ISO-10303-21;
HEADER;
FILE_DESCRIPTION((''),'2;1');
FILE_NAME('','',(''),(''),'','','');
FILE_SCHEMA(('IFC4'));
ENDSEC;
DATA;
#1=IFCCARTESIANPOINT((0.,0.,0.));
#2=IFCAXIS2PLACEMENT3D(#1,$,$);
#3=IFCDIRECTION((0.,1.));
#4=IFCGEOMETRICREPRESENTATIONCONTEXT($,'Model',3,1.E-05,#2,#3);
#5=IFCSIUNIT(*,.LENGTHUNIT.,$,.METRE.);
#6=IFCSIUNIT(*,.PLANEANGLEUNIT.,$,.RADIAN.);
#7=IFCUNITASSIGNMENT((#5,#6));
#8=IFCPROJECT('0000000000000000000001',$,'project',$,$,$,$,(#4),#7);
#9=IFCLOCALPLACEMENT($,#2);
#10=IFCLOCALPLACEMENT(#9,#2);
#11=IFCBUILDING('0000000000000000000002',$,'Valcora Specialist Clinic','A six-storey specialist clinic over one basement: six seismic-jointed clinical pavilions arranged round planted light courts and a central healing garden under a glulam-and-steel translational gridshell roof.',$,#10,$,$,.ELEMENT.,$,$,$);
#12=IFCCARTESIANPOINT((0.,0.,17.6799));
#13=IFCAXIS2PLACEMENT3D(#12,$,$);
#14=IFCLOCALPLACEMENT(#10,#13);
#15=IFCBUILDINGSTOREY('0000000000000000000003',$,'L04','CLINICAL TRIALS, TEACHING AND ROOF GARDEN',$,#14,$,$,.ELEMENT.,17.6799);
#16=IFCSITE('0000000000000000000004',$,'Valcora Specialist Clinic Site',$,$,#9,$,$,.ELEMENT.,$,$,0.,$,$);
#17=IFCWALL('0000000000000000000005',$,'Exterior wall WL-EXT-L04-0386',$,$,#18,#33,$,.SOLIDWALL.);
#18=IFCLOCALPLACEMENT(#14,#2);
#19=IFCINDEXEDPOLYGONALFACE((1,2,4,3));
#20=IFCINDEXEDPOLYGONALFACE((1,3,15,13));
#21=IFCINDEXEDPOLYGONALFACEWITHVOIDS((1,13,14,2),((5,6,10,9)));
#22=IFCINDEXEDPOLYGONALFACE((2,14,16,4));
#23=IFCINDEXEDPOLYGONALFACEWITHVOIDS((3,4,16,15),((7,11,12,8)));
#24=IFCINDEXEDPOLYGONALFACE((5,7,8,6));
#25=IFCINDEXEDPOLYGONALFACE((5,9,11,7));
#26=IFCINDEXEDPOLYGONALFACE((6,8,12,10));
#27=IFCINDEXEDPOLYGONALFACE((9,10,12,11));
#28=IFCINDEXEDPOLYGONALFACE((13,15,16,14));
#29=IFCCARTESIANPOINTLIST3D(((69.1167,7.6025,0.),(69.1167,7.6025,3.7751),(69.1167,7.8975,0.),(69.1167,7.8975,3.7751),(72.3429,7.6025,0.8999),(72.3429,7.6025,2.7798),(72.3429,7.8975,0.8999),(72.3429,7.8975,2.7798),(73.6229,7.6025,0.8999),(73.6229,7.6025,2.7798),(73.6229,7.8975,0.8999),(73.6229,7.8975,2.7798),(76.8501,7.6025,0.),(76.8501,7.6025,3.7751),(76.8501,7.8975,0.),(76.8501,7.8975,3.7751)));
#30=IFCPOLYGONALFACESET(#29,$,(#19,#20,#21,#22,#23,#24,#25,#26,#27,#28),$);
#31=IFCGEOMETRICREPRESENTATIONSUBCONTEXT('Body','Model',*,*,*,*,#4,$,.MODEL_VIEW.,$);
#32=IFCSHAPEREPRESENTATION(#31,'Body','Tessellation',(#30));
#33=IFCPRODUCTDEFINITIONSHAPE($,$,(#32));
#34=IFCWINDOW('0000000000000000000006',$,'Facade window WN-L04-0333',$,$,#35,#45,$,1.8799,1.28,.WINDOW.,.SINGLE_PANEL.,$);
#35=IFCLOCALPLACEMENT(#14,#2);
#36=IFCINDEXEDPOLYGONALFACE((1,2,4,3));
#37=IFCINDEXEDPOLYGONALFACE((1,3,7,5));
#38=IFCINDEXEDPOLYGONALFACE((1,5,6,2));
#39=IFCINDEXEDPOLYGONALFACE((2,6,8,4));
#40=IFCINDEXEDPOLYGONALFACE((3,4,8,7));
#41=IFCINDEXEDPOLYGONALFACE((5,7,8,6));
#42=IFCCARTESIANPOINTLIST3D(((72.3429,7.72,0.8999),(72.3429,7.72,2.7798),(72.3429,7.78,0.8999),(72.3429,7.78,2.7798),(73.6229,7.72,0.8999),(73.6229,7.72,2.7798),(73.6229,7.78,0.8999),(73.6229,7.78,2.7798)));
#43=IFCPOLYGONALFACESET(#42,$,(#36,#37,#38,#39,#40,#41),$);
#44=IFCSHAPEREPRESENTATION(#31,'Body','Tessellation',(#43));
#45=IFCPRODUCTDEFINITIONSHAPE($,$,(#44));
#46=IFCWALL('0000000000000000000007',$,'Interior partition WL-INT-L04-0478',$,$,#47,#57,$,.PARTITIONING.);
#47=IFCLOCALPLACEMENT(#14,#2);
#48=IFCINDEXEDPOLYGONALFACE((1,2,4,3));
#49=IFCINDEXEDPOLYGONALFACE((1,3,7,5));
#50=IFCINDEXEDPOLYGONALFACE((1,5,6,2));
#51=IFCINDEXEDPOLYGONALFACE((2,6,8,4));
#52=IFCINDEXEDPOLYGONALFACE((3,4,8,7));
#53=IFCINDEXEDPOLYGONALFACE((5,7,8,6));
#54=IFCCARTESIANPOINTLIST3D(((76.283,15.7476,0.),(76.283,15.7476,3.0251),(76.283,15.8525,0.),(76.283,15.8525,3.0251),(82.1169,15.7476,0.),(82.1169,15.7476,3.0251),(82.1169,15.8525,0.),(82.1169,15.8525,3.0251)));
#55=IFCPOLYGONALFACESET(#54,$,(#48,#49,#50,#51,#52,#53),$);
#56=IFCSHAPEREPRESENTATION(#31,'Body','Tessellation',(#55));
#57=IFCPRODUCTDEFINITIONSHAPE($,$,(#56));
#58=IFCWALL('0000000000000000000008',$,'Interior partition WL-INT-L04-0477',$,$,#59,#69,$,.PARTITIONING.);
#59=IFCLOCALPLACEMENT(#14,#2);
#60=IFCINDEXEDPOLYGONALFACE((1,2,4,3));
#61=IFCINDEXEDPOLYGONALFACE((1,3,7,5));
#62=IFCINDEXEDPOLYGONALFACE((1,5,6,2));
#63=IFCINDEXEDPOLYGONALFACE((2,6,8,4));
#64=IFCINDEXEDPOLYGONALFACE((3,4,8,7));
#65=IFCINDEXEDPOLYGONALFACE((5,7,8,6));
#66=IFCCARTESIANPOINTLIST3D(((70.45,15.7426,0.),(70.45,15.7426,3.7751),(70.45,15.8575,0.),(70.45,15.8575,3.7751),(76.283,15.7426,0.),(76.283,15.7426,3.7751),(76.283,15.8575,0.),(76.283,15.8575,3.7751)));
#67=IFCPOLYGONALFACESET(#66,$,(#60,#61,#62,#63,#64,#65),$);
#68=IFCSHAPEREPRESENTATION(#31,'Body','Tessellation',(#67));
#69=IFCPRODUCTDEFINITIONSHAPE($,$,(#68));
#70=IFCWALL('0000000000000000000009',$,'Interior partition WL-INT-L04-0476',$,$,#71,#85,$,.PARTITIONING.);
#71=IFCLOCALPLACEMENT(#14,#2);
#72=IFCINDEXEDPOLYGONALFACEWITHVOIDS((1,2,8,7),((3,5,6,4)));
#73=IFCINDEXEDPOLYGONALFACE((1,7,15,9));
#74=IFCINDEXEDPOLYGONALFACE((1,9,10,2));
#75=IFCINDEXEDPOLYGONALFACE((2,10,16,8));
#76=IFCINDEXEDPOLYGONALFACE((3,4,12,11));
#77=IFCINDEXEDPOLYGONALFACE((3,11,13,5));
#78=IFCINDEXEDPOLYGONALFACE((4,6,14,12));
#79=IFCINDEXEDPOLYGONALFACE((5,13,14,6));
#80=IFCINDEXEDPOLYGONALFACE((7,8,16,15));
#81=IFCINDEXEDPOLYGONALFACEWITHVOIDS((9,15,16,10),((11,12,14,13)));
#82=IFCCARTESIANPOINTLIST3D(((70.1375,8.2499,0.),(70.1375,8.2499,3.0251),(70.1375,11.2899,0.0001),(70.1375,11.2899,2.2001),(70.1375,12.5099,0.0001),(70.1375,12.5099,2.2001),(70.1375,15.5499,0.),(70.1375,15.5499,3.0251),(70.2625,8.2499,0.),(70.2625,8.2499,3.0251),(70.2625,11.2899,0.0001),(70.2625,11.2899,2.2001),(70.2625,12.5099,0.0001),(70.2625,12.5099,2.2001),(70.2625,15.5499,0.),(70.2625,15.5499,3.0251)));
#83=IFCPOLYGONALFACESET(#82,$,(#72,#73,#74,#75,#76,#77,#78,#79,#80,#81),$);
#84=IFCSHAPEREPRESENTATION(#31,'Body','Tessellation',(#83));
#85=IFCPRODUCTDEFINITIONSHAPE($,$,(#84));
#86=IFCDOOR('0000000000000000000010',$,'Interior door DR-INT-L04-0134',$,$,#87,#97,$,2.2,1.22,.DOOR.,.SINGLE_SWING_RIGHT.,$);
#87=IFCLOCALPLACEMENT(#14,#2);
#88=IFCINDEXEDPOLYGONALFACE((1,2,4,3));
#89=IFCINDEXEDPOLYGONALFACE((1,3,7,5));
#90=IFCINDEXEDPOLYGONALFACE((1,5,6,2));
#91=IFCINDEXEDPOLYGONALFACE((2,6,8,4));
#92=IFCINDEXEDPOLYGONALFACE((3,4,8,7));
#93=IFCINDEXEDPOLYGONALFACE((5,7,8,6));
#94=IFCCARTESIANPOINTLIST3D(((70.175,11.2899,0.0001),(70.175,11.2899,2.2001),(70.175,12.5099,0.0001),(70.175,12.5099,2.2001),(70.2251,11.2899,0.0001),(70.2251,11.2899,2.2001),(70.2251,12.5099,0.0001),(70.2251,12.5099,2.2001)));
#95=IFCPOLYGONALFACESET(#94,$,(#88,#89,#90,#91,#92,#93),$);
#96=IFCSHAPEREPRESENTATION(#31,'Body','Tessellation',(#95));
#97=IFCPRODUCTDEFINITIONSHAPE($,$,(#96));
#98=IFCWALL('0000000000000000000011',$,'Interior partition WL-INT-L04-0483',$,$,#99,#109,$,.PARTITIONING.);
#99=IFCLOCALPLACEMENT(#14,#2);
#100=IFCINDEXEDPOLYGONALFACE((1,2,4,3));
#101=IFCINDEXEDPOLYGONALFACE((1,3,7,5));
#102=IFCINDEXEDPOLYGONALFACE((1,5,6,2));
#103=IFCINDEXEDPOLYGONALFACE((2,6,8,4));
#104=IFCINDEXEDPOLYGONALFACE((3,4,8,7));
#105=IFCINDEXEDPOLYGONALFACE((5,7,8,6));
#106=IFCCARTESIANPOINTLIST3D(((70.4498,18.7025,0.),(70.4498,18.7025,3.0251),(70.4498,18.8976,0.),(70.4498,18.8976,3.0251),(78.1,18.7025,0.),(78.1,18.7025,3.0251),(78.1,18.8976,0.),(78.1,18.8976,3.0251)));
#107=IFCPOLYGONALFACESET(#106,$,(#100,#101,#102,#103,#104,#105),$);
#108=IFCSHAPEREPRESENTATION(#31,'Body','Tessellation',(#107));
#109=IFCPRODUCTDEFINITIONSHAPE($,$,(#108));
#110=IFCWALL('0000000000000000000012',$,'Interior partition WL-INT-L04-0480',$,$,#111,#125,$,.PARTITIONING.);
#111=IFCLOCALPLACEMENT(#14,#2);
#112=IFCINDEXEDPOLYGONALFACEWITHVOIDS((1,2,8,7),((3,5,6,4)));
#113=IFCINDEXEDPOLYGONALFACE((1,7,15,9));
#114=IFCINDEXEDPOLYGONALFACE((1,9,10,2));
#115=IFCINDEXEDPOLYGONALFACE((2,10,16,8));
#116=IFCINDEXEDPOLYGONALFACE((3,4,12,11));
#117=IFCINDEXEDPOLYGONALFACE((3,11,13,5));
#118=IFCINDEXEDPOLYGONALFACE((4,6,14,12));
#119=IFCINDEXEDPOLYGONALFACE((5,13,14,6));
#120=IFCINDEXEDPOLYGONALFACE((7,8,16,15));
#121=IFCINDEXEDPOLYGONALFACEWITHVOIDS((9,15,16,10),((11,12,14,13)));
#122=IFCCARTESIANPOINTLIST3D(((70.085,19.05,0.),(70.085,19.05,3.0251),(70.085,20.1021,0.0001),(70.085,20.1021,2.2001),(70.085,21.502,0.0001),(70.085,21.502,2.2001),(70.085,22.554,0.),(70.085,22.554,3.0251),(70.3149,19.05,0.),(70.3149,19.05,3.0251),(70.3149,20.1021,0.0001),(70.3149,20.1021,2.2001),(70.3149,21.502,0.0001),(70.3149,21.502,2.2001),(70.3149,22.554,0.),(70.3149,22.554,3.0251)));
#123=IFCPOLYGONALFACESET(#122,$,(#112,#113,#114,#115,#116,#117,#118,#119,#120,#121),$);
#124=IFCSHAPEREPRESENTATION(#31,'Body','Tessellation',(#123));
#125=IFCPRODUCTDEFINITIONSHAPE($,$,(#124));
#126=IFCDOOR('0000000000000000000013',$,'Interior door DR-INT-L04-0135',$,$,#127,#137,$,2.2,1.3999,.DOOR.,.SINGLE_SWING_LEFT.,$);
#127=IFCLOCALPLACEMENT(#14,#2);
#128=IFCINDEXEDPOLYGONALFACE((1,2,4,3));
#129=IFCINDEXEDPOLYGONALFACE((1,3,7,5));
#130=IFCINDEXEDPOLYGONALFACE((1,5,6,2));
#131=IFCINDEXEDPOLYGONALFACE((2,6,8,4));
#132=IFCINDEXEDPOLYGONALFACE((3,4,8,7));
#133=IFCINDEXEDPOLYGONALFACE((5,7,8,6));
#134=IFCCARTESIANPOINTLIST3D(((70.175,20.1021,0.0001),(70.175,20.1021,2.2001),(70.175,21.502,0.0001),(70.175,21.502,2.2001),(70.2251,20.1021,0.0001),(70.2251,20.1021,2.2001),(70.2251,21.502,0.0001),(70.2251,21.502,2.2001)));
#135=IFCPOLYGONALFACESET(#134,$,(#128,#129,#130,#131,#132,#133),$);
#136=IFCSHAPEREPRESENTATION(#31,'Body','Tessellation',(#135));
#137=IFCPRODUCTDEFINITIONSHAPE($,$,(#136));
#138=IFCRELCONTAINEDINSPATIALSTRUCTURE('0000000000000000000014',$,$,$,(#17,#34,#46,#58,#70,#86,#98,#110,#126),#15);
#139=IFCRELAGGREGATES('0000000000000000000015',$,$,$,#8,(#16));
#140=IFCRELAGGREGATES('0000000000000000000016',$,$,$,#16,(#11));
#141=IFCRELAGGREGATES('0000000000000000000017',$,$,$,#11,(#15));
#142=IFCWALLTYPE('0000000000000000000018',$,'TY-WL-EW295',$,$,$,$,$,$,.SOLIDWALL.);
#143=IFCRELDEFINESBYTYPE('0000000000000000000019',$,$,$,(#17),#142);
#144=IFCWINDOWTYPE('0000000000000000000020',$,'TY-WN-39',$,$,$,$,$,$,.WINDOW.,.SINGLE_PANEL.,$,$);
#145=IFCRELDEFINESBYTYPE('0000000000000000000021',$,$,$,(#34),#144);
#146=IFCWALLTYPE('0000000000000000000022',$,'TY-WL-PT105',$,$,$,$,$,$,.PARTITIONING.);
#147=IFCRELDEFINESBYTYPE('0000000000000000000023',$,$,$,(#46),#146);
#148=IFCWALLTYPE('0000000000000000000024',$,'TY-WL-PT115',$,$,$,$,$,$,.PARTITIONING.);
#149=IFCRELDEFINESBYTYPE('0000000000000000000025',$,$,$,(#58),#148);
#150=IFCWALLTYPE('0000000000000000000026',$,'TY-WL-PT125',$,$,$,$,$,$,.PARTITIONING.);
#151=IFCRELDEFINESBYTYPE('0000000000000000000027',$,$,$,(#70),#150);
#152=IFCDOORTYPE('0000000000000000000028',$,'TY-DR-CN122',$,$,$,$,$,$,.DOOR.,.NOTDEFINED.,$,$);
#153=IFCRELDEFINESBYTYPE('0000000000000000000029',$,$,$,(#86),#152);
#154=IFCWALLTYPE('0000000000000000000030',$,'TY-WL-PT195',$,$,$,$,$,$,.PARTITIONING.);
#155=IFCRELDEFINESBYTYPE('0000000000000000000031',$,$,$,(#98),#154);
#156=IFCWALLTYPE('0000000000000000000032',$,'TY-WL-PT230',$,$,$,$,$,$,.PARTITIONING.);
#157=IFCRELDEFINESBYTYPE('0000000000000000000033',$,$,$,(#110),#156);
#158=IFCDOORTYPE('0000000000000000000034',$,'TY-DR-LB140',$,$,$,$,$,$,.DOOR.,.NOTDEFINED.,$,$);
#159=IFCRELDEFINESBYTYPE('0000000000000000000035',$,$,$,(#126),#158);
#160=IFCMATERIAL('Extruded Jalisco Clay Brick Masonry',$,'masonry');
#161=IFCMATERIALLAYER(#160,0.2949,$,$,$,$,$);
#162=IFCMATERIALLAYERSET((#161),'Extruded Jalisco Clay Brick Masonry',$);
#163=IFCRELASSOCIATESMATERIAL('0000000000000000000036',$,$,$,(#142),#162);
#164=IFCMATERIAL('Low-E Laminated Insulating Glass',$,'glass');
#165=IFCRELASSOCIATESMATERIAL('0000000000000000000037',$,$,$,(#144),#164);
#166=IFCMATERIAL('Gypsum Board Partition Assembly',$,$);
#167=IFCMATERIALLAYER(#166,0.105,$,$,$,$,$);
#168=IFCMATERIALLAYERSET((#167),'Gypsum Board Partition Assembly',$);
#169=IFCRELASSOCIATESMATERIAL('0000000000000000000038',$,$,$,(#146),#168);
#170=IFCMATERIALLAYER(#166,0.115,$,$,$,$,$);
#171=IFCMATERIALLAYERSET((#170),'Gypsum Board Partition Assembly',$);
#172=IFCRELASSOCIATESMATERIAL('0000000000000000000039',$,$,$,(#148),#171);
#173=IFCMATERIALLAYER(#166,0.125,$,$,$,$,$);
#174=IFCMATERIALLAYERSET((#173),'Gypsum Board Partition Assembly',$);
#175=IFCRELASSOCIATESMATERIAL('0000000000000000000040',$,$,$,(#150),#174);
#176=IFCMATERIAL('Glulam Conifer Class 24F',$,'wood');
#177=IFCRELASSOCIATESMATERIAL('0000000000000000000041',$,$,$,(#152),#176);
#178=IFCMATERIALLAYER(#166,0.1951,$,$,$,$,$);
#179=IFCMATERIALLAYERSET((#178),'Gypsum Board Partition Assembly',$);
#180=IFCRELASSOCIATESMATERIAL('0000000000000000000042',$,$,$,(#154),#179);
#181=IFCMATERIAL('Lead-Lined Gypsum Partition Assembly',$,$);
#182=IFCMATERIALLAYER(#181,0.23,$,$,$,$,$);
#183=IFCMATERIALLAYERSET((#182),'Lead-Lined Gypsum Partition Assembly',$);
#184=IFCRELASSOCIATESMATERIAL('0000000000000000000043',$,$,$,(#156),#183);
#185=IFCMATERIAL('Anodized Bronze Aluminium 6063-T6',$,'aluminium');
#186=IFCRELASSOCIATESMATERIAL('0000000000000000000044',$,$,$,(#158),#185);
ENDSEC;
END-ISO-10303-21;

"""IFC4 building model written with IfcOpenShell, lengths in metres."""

from ifc_helpers import new_model, si_unit, direction, frame, frame_2d, origin, place, context, subcontext, project, spatial, rectangle, extrude, material, layer, layer_set, type_object, element, fill, save


model = new_model("IFC4")

# Units and contexts
model_context = context("Model", 3, precision=1e-05, world=origin(), true_north=direction((0.0, 1.0)))
body_context = subcontext(model_context, "Body", "Model", "MODEL_VIEW")
ifc_project = project(units=[si_unit("LENGTHUNIT", "METRE"), si_unit("PLANEANGLEUNIT", "RADIAN")], contexts=[model_context])

# Site, building, storey
site_placement = place(None, origin())
site = spatial("IfcSite", under=ifc_project, at=site_placement, Name="Valcora Specialist Clinic Site", CompositionType="ELEMENT", RefElevation=0.0)
building_placement = place(site_placement, origin())
building = spatial("IfcBuilding", under=site, at=building_placement, Name="Valcora Specialist Clinic", Description="A six-storey specialist clinic over one basement: six seismic-jointed clinical pavilions arranged round planted light courts and a central healing garden under a glulam-and-steel translational gridshell roof.", CompositionType="ELEMENT")
storey_placement = place(building_placement, frame((0.0, 0.0, 17.6799)))
storey = spatial("IfcBuildingStorey", under=building, at=storey_placement, Name="L04", Description="CLINICAL TRIALS, TEACHING AND ROOF GARDEN", CompositionType="ELEMENT", Elevation=17.6799)

# Shared definitions
ifc_material_1 = material(Name="Anodized Bronze Aluminium 6063-T6", Category="aluminium")

# Wall, opening, window
ifc_material_2 = material(Name="Extruded Jalisco Clay Brick Masonry", Category="masonry")
ifc_material_3 = material(Name="Low-E Laminated Insulating Glass", Category="glass")
ifc_layer_1 = layer(ifc_material_2, 0.2949)
ifc_layer_set_1 = layer_set([ifc_layer_1], Name="Extruded Jalisco Clay Brick Masonry")
wall_type_1 = type_object("IfcWallType", Name="TY-WL-EW295", PredefinedType="SOLIDWALL", material=ifc_layer_set_1)
wall_1_placement = place(storey_placement, frame((76.8501, 7.75, 0.0), z_axis=(0.0, 0.0, 1.0), x_axis=(-1.0, 0.0, 0.0)))
wall_1 = element("IfcWall", 1, at=wall_1_placement, inside=storey, type_object=wall_type_1, Name="Exterior wall WL-EXT-L04-0386", PredefinedType="SOLIDWALL", context=body_context, shape_type="SweptSolid", body=[
    extrude(rectangle(XDim=7.7334, YDim=0.2949, at=frame_2d((3.8667, 0.0))), origin(), (0.0, 0.0, 1.0), 3.7751),
])
opening_1_placement = place(wall_1_placement, frame((3.2271, 0.0, 0.8999)))
opening_1 = element("IfcOpeningElement", 2, at=opening_1_placement, cuts=wall_1, PredefinedType="OPENING", context=body_context, shape_type="SweptSolid", body=[
    extrude(rectangle(XDim=1.28, YDim=1.8799, at=frame_2d((0.6401, 0.9399))), frame((0.0, 0.1575, 0.0), z_axis=(0.0, -1.0, 0.0), x_axis=(1.0, 0.0, 0.0)), (0.0, 0.0, 1.0), 0.3149),
])
window_type_1 = type_object("IfcWindowType", Name="TY-WN-39", PartitioningType="SINGLE_PANEL", PredefinedType="WINDOW", material=ifc_material_3)
window_1_placement = place(opening_1_placement, origin())
window_1 = element("IfcWindow", 3, at=window_1_placement, inside=storey, type_object=window_type_1, Name="Facade window WN-L04-0333", OverallHeight=1.8799, OverallWidth=1.28, PartitioningType="SINGLE_PANEL", PredefinedType="WINDOW", context=body_context, shape_type="SweptSolid", body=[
    extrude(rectangle(XDim=1.28, YDim=1.8799, at=frame_2d((0.6401, 0.9399))), frame((0.0, 0.03, 0.0), z_axis=(0.0, -1.0, 0.0), x_axis=(1.0, 0.0, 0.0)), (0.0, 0.0, 1.0), 0.0601),
])
fill(opening_1, window_1)

# Walls
ifc_material_4 = material(Name="Gypsum Board Partition Assembly")
ifc_layer_2 = layer(ifc_material_4, 0.105)
ifc_layer_set_2 = layer_set([ifc_layer_2], Name="Gypsum Board Partition Assembly")
wall_type_2 = type_object("IfcWallType", Name="TY-WL-PT105", PredefinedType="PARTITIONING", material=ifc_layer_set_2)
wall_2_placement = place(storey_placement, frame((76.283, 15.8, 0.0), z_axis=(0.0, 0.0, 1.0), x_axis=(1.0, 0.0, 0.0)))
element("IfcWall", 4, at=wall_2_placement, inside=storey, type_object=wall_type_2, Name="Interior partition WL-INT-L04-0478", PredefinedType="PARTITIONING", context=body_context, shape_type="SweptSolid", body=[
    extrude(rectangle(XDim=5.834, YDim=0.105, at=frame_2d((2.917, 0.0))), origin(), (0.0, 0.0, 1.0), 3.0251),
])
ifc_layer_3 = layer(ifc_material_4, 0.115)
ifc_layer_set_3 = layer_set([ifc_layer_3], Name="Gypsum Board Partition Assembly")
wall_type_3 = type_object("IfcWallType", Name="TY-WL-PT115", PredefinedType="PARTITIONING", material=ifc_layer_set_3)
wall_3_placement = place(storey_placement, frame((70.45, 15.8, 0.0), z_axis=(0.0, 0.0, 1.0), x_axis=(1.0, 0.0, 0.0)))
element("IfcWall", 5, at=wall_3_placement, inside=storey, type_object=wall_type_3, Name="Interior partition WL-INT-L04-0477", PredefinedType="PARTITIONING", context=body_context, shape_type="SweptSolid", body=[
    extrude(rectangle(XDim=5.833, YDim=0.115, at=frame_2d((2.9165, 0.0))), origin(), (0.0, 0.0, 1.0), 3.7751),
])

# Wall, opening, door
ifc_layer_4 = layer(ifc_material_4, 0.125)
ifc_layer_set_4 = layer_set([ifc_layer_4], Name="Gypsum Board Partition Assembly")
wall_type_4 = type_object("IfcWallType", Name="TY-WL-PT125", PredefinedType="PARTITIONING", material=ifc_layer_set_4)
wall_4_placement = place(storey_placement, frame((70.2, 8.25, 0.0), z_axis=(0.0, 0.0, 1.0), x_axis=(0.0, 1.0, 0.0)))
wall_4 = element("IfcWall", 6, at=wall_4_placement, inside=storey, type_object=wall_type_4, Name="Interior partition WL-INT-L04-0476", PredefinedType="PARTITIONING", context=body_context, shape_type="SweptSolid", body=[
    extrude(rectangle(XDim=7.3, YDim=0.125, at=frame_2d((3.6499, 0.0))), origin(), (0.0, 0.0, 1.0), 3.0251),
])
opening_2_placement = place(wall_4_placement, frame((3.04, 0.0, 0.0)))
opening_2 = element("IfcOpeningElement", 7, at=opening_2_placement, cuts=wall_4, PredefinedType="OPENING", context=body_context, shape_type="SweptSolid", body=[
    extrude(rectangle(XDim=1.22, YDim=2.2, at=frame_2d((0.6099, 1.1001))), frame((0.0, 0.0725, 0.0), z_axis=(0.0, -1.0, 0.0), x_axis=(1.0, 0.0, 0.0)), (0.0, 0.0, 1.0), 0.145),
])
ifc_material_5 = material(Name="Glulam Conifer Class 24F", Category="wood")
door_type_1 = type_object("IfcDoorType", Name="TY-DR-CN122", OperationType="NOTDEFINED", PredefinedType="DOOR", material=ifc_material_5)
door_1_placement = place(opening_2_placement, origin())
door_1 = element("IfcDoor", 8, at=door_1_placement, inside=storey, type_object=door_type_1, Name="Interior door DR-INT-L04-0134", OperationType="SINGLE_SWING_RIGHT", OverallHeight=2.2, OverallWidth=1.22, PredefinedType="DOOR", context=body_context, shape_type="SweptSolid", body=[
    extrude(rectangle(XDim=1.22, YDim=2.2, at=frame_2d((0.6099, 1.1001))), frame((0.0, 0.0249, 0.0), z_axis=(0.0, -1.0, 0.0), x_axis=(1.0, 0.0, 0.0)), (0.0, 0.0, 1.0), 0.05),
])
fill(opening_2, door_1)

# Wall
ifc_layer_5 = layer(ifc_material_4, 0.1951)
ifc_layer_set_5 = layer_set([ifc_layer_5], Name="Gypsum Board Partition Assembly")
wall_type_5 = type_object("IfcWallType", Name="TY-WL-PT195", PredefinedType="PARTITIONING", material=ifc_layer_set_5)
wall_5_placement = place(storey_placement, frame((78.1001, 18.8, 0.0), z_axis=(0.0, 0.0, 1.0), x_axis=(-1.0, 0.0, 0.0)))
element("IfcWall", 9, at=wall_5_placement, inside=storey, type_object=wall_type_5, Name="Interior partition WL-INT-L04-0483", PredefinedType="PARTITIONING", context=body_context, shape_type="SweptSolid", body=[
    extrude(rectangle(XDim=7.6501, YDim=0.1951, at=frame_2d((3.8252, 0.0))), origin(), (0.0, 0.0, 1.0), 3.0251),
])

# Wall, opening, door
ifc_material_6 = material(Name="Lead-Lined Gypsum Partition Assembly")
ifc_layer_6 = layer(ifc_material_6, 0.23)
ifc_layer_set_6 = layer_set([ifc_layer_6], Name="Lead-Lined Gypsum Partition Assembly")
wall_type_6 = type_object("IfcWallType", Name="TY-WL-PT230", PredefinedType="PARTITIONING", material=ifc_layer_set_6)
wall_6_placement = place(storey_placement, frame((70.2, 19.05, 0.0), z_axis=(0.0, 0.0, 1.0), x_axis=(0.0, 1.0, 0.0)))
wall_6 = element("IfcWall", 10, at=wall_6_placement, inside=storey, type_object=wall_type_6, Name="Interior partition WL-INT-L04-0480", PredefinedType="PARTITIONING", context=body_context, shape_type="SweptSolid", body=[
    extrude(rectangle(XDim=3.5039, YDim=0.23, at=frame_2d((1.752, 0.0))), origin(), (0.0, 0.0, 1.0), 3.0251),
])
opening_3_placement = place(wall_6_placement, frame((1.052, 0.0, 0.0)))
opening_3 = element("IfcOpeningElement", 11, at=opening_3_placement, cuts=wall_6, PredefinedType="OPENING", context=body_context, shape_type="SweptSolid", body=[
    extrude(rectangle(XDim=1.3999, YDim=2.2, at=frame_2d((0.7, 1.1001))), frame((0.0, 0.125, 0.0), z_axis=(0.0, -1.0, 0.0), x_axis=(1.0, 0.0, 0.0)), (0.0, 0.0, 1.0), 0.25),
])
door_type_2 = type_object("IfcDoorType", Name="TY-DR-LB140", OperationType="NOTDEFINED", PredefinedType="DOOR", material=ifc_material_1)
door_2_placement = place(opening_3_placement, origin())
door_2 = element("IfcDoor", 12, at=door_2_placement, inside=storey, type_object=door_type_2, Name="Interior door DR-INT-L04-0135", OperationType="SINGLE_SWING_LEFT", OverallHeight=2.2, OverallWidth=1.3999, PredefinedType="DOOR", context=body_context, shape_type="SweptSolid", body=[
    extrude(rectangle(XDim=1.3999, YDim=2.2, at=frame_2d((0.7, 1.1001))), frame((0.0, 0.0249, 0.0), z_axis=(0.0, -1.0, 0.0), x_axis=(1.0, 0.0, 0.0)), (0.0, 0.0, 1.0), 0.05),
])
fill(opening_3, door_2)

save(model, "model.ifc")
